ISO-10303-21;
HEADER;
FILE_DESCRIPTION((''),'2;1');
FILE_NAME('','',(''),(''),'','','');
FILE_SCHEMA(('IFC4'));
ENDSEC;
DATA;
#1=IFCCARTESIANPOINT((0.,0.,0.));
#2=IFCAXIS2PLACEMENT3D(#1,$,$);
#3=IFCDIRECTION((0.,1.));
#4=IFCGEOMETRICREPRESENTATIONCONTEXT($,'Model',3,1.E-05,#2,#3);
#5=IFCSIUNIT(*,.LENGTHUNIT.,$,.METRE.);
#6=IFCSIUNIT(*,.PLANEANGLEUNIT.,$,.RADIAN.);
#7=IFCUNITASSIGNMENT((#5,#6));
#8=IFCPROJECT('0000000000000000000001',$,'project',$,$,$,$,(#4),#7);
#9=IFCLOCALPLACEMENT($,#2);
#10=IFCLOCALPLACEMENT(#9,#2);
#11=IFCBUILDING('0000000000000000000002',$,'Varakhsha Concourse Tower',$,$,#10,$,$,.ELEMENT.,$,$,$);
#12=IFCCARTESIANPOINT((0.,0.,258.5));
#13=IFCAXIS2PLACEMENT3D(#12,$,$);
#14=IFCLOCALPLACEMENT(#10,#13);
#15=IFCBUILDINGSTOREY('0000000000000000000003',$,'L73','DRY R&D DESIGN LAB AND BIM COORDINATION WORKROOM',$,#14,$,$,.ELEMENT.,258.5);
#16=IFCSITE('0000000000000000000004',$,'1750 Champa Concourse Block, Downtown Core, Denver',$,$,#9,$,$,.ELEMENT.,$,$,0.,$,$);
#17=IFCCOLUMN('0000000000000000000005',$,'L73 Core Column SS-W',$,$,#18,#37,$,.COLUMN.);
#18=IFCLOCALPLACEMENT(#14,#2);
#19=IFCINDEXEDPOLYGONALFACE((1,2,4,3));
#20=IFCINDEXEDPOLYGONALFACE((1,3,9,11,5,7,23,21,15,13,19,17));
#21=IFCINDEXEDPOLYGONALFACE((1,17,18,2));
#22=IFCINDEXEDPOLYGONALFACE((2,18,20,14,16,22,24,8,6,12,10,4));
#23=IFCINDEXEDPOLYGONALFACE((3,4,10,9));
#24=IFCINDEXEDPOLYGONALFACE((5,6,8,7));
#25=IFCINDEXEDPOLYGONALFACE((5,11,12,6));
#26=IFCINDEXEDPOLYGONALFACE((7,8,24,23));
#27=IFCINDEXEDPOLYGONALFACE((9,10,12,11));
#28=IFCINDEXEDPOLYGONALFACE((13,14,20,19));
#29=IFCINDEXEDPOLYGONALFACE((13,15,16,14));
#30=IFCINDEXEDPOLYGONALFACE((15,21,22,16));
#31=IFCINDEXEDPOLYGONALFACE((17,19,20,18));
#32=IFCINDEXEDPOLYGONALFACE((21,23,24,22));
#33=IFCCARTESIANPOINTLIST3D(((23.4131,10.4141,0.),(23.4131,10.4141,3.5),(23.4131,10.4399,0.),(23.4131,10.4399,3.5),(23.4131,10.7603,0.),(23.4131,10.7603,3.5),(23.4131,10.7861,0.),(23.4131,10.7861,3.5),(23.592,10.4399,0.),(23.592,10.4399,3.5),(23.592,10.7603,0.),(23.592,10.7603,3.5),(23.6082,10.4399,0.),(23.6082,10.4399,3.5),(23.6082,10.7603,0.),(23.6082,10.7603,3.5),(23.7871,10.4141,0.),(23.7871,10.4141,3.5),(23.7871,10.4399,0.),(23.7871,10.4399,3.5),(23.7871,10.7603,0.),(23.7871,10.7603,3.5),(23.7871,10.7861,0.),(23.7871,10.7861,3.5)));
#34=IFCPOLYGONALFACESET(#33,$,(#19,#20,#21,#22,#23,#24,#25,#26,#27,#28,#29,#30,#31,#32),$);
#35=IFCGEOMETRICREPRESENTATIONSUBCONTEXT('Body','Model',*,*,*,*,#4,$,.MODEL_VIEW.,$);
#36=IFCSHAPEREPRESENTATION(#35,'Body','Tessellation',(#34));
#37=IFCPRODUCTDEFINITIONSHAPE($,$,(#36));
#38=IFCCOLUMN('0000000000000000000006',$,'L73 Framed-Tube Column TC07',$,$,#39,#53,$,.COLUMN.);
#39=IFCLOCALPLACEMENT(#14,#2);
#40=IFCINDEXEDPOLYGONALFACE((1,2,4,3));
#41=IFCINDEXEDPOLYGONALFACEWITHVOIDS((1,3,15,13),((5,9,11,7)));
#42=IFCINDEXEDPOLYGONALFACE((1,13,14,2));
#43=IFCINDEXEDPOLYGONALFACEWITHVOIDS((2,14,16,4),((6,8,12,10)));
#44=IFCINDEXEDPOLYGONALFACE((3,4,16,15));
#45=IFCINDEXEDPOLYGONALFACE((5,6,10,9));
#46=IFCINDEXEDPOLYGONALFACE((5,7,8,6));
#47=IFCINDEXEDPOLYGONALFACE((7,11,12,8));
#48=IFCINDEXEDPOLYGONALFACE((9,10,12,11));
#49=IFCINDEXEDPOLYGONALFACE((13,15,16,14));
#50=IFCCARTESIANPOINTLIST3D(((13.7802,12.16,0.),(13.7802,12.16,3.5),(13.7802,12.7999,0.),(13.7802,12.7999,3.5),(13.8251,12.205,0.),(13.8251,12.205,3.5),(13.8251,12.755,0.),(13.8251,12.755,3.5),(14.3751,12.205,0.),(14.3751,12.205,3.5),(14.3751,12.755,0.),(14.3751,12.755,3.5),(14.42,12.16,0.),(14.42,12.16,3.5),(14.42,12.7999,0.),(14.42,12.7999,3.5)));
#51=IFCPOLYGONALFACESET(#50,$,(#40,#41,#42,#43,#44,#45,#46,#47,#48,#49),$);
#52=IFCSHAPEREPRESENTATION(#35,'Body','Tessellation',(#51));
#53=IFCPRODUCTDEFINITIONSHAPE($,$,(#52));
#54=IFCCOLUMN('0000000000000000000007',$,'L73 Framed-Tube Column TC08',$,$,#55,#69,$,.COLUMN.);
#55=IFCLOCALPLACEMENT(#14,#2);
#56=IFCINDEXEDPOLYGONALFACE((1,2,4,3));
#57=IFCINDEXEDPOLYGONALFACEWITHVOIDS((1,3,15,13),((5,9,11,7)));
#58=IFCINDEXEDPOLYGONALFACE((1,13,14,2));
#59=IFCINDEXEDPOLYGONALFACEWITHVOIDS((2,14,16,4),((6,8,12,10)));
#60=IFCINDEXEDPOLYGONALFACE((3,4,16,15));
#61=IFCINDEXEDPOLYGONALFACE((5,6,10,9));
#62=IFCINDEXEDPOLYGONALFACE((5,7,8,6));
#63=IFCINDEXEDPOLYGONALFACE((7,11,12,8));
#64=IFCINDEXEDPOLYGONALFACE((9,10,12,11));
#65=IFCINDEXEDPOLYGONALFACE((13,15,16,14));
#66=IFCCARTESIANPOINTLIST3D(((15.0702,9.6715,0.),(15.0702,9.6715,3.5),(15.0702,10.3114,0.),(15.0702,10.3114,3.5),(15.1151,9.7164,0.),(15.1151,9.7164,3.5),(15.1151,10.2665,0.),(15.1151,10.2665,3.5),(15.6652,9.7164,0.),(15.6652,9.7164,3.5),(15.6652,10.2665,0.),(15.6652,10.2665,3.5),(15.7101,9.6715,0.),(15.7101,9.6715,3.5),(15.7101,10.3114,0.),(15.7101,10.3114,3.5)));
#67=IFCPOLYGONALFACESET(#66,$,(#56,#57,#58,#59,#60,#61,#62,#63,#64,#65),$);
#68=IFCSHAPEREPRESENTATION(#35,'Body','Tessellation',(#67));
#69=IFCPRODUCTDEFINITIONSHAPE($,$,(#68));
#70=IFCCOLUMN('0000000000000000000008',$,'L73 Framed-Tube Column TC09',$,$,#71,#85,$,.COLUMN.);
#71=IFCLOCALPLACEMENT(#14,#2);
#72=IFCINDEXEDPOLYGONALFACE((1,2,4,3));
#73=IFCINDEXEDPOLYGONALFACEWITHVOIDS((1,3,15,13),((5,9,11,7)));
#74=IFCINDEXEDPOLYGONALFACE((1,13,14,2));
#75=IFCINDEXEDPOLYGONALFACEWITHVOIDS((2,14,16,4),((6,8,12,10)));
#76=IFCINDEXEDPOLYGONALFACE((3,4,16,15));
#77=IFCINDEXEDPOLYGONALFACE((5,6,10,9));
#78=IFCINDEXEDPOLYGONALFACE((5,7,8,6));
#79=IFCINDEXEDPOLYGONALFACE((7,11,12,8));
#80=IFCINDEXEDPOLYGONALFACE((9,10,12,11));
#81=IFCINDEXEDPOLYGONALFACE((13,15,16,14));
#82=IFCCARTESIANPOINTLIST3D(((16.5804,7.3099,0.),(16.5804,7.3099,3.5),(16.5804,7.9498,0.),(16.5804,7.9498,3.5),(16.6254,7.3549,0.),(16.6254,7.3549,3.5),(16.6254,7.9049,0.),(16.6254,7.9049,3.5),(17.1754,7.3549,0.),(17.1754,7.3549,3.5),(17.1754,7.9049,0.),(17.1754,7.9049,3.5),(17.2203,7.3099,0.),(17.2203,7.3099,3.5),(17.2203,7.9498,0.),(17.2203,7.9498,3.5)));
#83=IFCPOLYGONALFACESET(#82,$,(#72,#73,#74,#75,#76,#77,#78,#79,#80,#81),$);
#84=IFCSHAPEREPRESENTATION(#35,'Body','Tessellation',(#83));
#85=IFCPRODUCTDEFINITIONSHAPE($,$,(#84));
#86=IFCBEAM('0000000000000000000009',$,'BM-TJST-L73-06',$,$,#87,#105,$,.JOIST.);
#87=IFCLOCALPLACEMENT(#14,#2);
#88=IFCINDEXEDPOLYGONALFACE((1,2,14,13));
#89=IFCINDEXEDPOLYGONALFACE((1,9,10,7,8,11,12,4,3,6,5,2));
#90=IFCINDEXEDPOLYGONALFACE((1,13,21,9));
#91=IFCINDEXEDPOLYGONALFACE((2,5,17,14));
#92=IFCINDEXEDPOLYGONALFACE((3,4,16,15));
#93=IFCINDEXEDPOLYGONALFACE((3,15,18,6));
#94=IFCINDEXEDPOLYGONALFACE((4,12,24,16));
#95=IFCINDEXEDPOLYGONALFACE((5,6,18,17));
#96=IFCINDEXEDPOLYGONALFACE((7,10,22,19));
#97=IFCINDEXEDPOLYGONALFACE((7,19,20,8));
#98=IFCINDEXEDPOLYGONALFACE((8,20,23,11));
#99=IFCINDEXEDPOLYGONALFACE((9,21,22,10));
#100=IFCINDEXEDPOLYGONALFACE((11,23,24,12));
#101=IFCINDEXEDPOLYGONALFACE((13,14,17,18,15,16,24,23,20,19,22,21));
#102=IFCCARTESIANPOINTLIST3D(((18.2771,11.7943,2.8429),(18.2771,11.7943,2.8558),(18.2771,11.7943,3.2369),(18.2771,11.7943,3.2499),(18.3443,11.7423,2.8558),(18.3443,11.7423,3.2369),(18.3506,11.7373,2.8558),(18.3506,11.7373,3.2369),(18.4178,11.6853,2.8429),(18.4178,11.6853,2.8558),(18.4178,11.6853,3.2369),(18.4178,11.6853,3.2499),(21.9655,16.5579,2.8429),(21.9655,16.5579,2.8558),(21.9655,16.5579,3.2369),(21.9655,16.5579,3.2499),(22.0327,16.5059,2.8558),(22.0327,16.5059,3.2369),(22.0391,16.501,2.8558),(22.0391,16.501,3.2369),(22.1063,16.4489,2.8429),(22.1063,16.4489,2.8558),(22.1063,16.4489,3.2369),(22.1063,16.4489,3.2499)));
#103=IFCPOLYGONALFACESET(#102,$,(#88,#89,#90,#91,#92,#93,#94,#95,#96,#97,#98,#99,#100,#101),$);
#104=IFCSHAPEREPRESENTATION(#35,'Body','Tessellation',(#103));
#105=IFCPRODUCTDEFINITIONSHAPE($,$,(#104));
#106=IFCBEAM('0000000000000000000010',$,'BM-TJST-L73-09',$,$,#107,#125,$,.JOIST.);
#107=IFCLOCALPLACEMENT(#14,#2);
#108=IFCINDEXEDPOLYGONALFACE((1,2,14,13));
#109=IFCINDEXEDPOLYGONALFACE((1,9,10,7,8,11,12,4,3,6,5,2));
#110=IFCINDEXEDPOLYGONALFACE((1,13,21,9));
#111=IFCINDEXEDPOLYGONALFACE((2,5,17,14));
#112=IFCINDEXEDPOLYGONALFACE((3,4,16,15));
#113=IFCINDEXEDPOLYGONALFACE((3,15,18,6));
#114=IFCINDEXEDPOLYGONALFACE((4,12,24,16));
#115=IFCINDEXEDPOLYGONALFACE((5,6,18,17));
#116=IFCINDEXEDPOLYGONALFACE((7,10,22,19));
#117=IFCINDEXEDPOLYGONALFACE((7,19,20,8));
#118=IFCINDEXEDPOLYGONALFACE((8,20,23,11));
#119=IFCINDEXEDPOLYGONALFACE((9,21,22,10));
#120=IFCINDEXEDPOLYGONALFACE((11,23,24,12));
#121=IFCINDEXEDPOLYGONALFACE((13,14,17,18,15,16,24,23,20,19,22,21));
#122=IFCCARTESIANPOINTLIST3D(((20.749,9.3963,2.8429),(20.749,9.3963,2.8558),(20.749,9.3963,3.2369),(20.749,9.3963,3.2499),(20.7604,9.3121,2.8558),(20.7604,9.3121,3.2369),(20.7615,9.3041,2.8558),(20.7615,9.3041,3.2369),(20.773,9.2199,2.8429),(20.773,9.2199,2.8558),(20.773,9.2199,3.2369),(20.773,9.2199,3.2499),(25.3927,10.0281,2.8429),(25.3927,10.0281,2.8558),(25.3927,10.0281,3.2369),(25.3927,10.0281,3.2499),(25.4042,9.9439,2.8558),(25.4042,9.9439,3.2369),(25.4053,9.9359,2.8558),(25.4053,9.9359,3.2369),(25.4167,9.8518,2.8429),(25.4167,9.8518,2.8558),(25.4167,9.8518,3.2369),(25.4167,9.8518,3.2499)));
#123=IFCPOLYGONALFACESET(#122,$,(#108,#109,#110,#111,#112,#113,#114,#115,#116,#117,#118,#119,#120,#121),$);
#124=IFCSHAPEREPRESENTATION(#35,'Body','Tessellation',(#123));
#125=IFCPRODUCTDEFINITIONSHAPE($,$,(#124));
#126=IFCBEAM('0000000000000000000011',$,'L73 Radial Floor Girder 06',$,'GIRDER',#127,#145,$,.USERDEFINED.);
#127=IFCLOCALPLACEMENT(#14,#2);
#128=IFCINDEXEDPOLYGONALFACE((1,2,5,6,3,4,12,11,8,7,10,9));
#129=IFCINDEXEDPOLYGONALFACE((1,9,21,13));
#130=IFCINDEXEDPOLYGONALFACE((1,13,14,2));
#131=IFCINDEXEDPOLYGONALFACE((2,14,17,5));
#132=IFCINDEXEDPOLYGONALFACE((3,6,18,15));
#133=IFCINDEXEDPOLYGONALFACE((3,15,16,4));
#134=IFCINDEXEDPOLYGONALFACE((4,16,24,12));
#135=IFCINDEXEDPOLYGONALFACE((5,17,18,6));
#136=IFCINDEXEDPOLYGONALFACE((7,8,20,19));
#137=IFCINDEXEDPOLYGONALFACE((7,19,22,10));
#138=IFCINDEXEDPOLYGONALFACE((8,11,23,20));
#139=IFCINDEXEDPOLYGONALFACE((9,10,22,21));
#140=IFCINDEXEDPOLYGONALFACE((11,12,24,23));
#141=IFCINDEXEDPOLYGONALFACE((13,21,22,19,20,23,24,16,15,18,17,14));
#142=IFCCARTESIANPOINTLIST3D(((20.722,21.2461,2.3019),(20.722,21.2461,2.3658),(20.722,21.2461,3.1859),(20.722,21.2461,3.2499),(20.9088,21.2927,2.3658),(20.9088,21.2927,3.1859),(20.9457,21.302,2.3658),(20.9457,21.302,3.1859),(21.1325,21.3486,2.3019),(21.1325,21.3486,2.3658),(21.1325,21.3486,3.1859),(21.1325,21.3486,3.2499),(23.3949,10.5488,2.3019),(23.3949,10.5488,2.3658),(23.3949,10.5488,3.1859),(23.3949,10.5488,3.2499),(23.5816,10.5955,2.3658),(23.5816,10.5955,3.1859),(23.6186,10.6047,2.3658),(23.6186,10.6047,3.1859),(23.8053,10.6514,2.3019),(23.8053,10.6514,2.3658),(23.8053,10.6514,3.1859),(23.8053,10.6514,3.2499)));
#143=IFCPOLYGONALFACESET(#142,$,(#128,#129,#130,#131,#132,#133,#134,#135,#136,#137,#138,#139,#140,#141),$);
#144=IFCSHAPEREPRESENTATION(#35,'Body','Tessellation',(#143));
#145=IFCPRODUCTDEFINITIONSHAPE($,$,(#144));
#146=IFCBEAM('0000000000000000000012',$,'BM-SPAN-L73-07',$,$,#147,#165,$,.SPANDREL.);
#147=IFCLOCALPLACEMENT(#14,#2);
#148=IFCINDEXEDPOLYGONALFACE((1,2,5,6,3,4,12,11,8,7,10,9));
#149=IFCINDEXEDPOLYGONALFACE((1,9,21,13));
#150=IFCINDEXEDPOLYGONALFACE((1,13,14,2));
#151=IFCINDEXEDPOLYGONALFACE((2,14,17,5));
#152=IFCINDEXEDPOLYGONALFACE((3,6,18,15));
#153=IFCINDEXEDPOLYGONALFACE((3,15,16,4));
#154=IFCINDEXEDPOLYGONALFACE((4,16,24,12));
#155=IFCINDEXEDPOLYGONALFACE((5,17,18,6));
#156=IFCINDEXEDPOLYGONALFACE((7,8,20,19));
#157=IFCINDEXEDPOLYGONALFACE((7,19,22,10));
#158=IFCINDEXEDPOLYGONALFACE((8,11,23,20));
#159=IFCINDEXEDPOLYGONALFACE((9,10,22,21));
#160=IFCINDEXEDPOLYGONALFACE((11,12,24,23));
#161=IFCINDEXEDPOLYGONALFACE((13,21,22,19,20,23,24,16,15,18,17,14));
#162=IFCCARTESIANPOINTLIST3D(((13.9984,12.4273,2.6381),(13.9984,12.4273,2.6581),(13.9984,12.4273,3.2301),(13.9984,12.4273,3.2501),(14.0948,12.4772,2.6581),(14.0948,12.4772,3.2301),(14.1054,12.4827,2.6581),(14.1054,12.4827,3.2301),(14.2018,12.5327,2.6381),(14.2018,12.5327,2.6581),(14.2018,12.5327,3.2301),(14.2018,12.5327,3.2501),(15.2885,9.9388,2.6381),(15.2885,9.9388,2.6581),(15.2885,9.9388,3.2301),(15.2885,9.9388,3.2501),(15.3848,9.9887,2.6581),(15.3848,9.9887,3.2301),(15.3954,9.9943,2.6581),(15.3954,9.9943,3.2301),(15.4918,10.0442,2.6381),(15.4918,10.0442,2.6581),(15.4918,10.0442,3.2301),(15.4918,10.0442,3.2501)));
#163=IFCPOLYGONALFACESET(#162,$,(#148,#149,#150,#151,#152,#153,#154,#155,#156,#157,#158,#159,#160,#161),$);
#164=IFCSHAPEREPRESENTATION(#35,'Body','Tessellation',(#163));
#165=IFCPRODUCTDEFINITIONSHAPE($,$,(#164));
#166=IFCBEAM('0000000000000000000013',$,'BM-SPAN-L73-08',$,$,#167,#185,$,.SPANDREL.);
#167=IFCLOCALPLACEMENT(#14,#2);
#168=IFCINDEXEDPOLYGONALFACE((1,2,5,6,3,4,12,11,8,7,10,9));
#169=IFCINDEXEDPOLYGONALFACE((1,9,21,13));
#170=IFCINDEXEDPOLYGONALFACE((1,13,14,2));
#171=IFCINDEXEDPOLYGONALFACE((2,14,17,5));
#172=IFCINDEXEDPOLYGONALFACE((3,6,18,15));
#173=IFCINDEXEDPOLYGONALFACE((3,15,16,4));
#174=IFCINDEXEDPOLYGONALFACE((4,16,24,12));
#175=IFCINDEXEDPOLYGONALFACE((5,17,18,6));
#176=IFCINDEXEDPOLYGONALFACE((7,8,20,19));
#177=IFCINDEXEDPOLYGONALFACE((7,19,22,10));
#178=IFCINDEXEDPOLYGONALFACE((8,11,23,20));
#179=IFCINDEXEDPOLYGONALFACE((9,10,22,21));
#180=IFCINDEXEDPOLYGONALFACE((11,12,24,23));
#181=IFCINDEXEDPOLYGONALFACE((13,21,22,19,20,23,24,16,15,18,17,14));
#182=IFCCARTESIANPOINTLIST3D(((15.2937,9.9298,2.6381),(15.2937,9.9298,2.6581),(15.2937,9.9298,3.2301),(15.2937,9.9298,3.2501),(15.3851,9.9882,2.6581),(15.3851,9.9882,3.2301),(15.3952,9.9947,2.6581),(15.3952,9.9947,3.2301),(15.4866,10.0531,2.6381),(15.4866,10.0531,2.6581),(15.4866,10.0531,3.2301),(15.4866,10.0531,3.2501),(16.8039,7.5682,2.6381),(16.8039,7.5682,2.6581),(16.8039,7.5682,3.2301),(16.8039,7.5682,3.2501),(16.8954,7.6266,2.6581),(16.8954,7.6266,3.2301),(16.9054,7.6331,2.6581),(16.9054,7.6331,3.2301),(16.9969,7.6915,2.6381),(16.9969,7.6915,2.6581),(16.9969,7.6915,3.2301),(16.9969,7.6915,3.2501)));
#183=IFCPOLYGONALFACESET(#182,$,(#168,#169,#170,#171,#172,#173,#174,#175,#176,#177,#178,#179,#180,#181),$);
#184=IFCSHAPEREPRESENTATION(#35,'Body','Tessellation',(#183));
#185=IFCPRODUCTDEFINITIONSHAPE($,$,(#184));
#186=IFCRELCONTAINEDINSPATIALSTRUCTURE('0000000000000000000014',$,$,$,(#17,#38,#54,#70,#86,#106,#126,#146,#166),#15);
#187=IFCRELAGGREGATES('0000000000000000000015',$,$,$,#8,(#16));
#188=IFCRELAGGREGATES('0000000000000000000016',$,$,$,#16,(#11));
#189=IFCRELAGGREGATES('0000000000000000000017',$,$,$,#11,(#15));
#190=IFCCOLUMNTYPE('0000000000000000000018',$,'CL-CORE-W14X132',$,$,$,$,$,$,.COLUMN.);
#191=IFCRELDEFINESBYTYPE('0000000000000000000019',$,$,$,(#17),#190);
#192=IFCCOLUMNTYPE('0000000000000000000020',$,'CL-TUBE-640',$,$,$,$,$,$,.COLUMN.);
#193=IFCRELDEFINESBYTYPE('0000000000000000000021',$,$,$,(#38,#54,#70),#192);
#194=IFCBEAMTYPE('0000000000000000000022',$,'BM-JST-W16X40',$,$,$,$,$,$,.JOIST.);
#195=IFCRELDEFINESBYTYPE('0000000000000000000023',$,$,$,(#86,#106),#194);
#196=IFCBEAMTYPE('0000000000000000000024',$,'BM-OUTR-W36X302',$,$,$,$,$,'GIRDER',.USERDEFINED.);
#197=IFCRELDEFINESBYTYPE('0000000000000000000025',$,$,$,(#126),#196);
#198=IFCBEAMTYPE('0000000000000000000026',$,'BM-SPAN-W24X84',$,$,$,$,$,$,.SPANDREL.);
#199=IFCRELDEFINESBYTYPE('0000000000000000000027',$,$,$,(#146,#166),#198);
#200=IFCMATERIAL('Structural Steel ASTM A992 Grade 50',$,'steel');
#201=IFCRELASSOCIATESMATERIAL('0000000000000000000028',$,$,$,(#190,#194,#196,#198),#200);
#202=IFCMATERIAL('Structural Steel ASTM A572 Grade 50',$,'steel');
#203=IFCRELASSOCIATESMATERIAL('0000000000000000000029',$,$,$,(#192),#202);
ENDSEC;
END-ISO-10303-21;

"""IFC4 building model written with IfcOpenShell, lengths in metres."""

from ifc_helpers import new_model, si_unit, direction, frame, origin, origin_2d, place, context, subcontext, project, spatial, hollow_rectangle, i_section, extrude, material, material_profile, profile_set, type_object, element, save


model = new_model("IFC4")

# Units and contexts
model_context = context("Model", 3, precision=1e-05, world=origin(), true_north=direction((0.0, 1.0)))
body_context = subcontext(model_context, "Body", "Model", "MODEL_VIEW")
ifc_project = project(units=[si_unit("LENGTHUNIT", "METRE"), si_unit("PLANEANGLEUNIT", "RADIAN")], contexts=[model_context])

# Site, building, storey
site_placement = place(None, origin())
site = spatial("IfcSite", under=ifc_project, at=site_placement, Name="1750 Champa Concourse Block, Downtown Core, Denver", CompositionType="ELEMENT", RefElevation=0.0)
building_placement = place(site_placement, origin())
building = spatial("IfcBuilding", under=site, at=building_placement, Name="Varakhsha Concourse Tower", CompositionType="ELEMENT")
storey_placement = place(building_placement, frame((0.0, 0.0, 258.5)))
storey = spatial("IfcBuildingStorey", under=building, at=storey_placement, Name="L73", Description="DRY R&D DESIGN LAB AND BIM COORDINATION WORKROOM", CompositionType="ELEMENT", Elevation=258.5)

# Columns
ifc_material_1 = material(Name="Structural Steel ASTM A992 Grade 50", Category="steel")
ifc_material_profile_1 = material_profile(ifc_material_1, i_section(OverallWidth=0.374, OverallDepth=0.3721, WebThickness=0.0161, FlangeThickness=0.0259, at=origin_2d()), Name="W14X132")
ifc_profile_set_1 = profile_set([ifc_material_profile_1], Name="Structural Steel ASTM A992 Grade 50")
column_type_1 = type_object("IfcColumnType", Name="CL-CORE-W14X132", PredefinedType="COLUMN", material=ifc_profile_set_1)
column_placement = place(storey_placement, frame((23.6001, 10.6001, 0.0), z_axis=(0.0, 0.0, 1.0), x_axis=(1.0, 0.0, 0.0)))
element("IfcColumn", 1, at=column_placement, inside=storey, type_object=column_type_1, Name="L73 Core Column SS-W", PredefinedType="COLUMN", context=body_context, shape_type="SweptSolid", body=[
    extrude(i_section(OverallWidth=0.374, OverallDepth=0.3721, WebThickness=0.0161, FlangeThickness=0.0259, at=origin_2d()), origin(), (0.0, 0.0, 1.0), 3.5),
])
ifc_material_2 = material(Name="Structural Steel ASTM A572 Grade 50", Category="steel")
ifc_material_profile_2 = material_profile(ifc_material_2, hollow_rectangle(XDim=0.6399, YDim=0.6399, WallThickness=0.0449, at=origin_2d()), Name="BOX 640x640x45")
ifc_profile_set_2 = profile_set([ifc_material_profile_2], Name="Structural Steel ASTM A572 Grade 50")
column_type_2 = type_object("IfcColumnType", Name="CL-TUBE-640", PredefinedType="COLUMN", material=ifc_profile_set_2)
for number, where, z_axis, x_axis, name in (
    (2, (14.1001, 12.48, 0.0), (0.0, 0.0, 1.0), (1.0, 0.0, 0.0), "L73 Framed-Tube Column TC07"),
    (3, (15.3901, 9.9915, 0.0), (0.0, 0.0, 1.0), (1.0, 0.0, 0.0), "L73 Framed-Tube Column TC08"),
    (4, (16.9004, 7.6299, 0.0), (0.0, 0.0, 1.0), (1.0, 0.0, 0.0), "L73 Framed-Tube Column TC09"),
):
    element("IfcColumn", number, at=place(storey_placement, frame(where, z_axis=z_axis, x_axis=x_axis)), inside=storey, type_object=column_type_2, Name=name, PredefinedType="COLUMN", context=body_context, shape_type="SweptSolid", body=[
        extrude(hollow_rectangle(XDim=0.6399, YDim=0.6399, WallThickness=0.0449, at=origin_2d()), origin(), (0.0, 0.0, 1.0), 3.5),
    ])

# Beams
ifc_material_profile_3 = material_profile(ifc_material_1, i_section(OverallWidth=0.178, OverallDepth=0.407, WebThickness=0.0081, FlangeThickness=0.0129, at=origin_2d()), Name="W16X40")
ifc_profile_set_3 = profile_set([ifc_material_profile_3], Name="Structural Steel ASTM A992 Grade 50")
beam_type_1 = type_object("IfcBeamType", Name="BM-JST-W16X40", PredefinedType="JOIST", material=ifc_profile_set_3)
beam_1_placement = place(storey_placement, frame((22.0359, 16.5034, 3.0464), z_axis=(-0.612222, -0.790686, 0.0), x_axis=(0.790686, -0.612222, 0.0)))
element("IfcBeam", 5, at=beam_1_placement, inside=storey, type_object=beam_type_1, Name="BM-TJST-L73-06", PredefinedType="JOIST", context=body_context, shape_type="SweptSolid", body=[
    extrude(i_section(OverallWidth=0.178, OverallDepth=0.407, WebThickness=0.0081, FlangeThickness=0.0129, at=origin_2d()), origin(), (0.0, 0.0, 1.0), 6.0247),
])
beam_2_placement = place(storey_placement, frame((20.761, 9.3081, 3.0464), z_axis=(0.99087, 0.134818, 0.0), x_axis=(-0.134818, 0.99087, 0.0)))
element("IfcBeam", 6, at=beam_2_placement, inside=storey, type_object=beam_type_1, Name="BM-TJST-L73-09", PredefinedType="JOIST", context=body_context, shape_type="SweptSolid", body=[
    extrude(i_section(OverallWidth=0.178, OverallDepth=0.407, WebThickness=0.0081, FlangeThickness=0.0129, at=origin_2d()), origin(), (0.0, 0.0, 1.0), 4.6865),
])
ifc_material_profile_4 = material_profile(ifc_material_1, i_section(OverallWidth=0.4231, OverallDepth=0.948, WebThickness=0.0381, FlangeThickness=0.064, at=origin_2d()), Name="W36X302")
ifc_profile_set_4 = profile_set([ifc_material_profile_4], Name="Structural Steel ASTM A992 Grade 50")
beam_type_2 = type_object("IfcBeamType", Name="BM-OUTR-W36X302", ElementType="GIRDER", PredefinedType="USERDEFINED", material=ifc_profile_set_4)
beam_3_placement = place(storey_placement, frame((23.6001, 10.6001, 2.7759), z_axis=(-0.242411, 0.970174, 0.0), x_axis=(-0.970174, -0.242411, 0.0)))
element("IfcBeam", 7, at=beam_3_placement, inside=storey, type_object=beam_type_2, Name="L73 Radial Floor Girder 06", ObjectType="GIRDER", PredefinedType="USERDEFINED", context=body_context, shape_type="SweptSolid", body=[
    extrude(i_section(OverallWidth=0.4231, OverallDepth=0.948, WebThickness=0.0381, FlangeThickness=0.064, at=origin_2d()), origin(), (0.0, 0.0, 1.0), 11.0261),
])
ifc_material_profile_5 = material_profile(ifc_material_1, i_section(OverallWidth=0.229, OverallDepth=0.6121, WebThickness=0.012, FlangeThickness=0.02, at=origin_2d()), Name="W24X84")
ifc_profile_set_5 = profile_set([ifc_material_profile_5], Name="Structural Steel ASTM A992 Grade 50")
beam_type_3 = type_object("IfcBeamType", Name="BM-SPAN-W24X84", PredefinedType="SPANDREL", material=ifc_profile_set_5)
beam_4_placement = place(storey_placement, frame((14.1001, 12.48, 2.9441), z_axis=(0.460231, -0.887799, 0.0), x_axis=(0.887799, 0.460231, 0.0)))
element("IfcBeam", 8, at=beam_4_placement, inside=storey, type_object=beam_type_3, Name="BM-SPAN-L73-07", PredefinedType="SPANDREL", context=body_context, shape_type="SweptSolid", body=[
    extrude(i_section(OverallWidth=0.229, OverallDepth=0.6121, WebThickness=0.012, FlangeThickness=0.02, at=origin_2d()), origin(), (0.0, 0.0, 1.0), 2.803),
])
beam_5_placement = place(storey_placement, frame((15.3901, 9.9915, 2.9441), z_axis=(0.538762, -0.842458, 0.0), x_axis=(0.842458, 0.538762, 0.0)))
element("IfcBeam", 9, at=beam_5_placement, inside=storey, type_object=beam_type_3, Name="BM-SPAN-L73-08", PredefinedType="SPANDREL", context=body_context, shape_type="SweptSolid", body=[
    extrude(i_section(OverallWidth=0.229, OverallDepth=0.6121, WebThickness=0.012, FlangeThickness=0.02, at=origin_2d()), origin(), (0.0, 0.0, 1.0), 2.8032),
])

save(model, "model.ifc")
